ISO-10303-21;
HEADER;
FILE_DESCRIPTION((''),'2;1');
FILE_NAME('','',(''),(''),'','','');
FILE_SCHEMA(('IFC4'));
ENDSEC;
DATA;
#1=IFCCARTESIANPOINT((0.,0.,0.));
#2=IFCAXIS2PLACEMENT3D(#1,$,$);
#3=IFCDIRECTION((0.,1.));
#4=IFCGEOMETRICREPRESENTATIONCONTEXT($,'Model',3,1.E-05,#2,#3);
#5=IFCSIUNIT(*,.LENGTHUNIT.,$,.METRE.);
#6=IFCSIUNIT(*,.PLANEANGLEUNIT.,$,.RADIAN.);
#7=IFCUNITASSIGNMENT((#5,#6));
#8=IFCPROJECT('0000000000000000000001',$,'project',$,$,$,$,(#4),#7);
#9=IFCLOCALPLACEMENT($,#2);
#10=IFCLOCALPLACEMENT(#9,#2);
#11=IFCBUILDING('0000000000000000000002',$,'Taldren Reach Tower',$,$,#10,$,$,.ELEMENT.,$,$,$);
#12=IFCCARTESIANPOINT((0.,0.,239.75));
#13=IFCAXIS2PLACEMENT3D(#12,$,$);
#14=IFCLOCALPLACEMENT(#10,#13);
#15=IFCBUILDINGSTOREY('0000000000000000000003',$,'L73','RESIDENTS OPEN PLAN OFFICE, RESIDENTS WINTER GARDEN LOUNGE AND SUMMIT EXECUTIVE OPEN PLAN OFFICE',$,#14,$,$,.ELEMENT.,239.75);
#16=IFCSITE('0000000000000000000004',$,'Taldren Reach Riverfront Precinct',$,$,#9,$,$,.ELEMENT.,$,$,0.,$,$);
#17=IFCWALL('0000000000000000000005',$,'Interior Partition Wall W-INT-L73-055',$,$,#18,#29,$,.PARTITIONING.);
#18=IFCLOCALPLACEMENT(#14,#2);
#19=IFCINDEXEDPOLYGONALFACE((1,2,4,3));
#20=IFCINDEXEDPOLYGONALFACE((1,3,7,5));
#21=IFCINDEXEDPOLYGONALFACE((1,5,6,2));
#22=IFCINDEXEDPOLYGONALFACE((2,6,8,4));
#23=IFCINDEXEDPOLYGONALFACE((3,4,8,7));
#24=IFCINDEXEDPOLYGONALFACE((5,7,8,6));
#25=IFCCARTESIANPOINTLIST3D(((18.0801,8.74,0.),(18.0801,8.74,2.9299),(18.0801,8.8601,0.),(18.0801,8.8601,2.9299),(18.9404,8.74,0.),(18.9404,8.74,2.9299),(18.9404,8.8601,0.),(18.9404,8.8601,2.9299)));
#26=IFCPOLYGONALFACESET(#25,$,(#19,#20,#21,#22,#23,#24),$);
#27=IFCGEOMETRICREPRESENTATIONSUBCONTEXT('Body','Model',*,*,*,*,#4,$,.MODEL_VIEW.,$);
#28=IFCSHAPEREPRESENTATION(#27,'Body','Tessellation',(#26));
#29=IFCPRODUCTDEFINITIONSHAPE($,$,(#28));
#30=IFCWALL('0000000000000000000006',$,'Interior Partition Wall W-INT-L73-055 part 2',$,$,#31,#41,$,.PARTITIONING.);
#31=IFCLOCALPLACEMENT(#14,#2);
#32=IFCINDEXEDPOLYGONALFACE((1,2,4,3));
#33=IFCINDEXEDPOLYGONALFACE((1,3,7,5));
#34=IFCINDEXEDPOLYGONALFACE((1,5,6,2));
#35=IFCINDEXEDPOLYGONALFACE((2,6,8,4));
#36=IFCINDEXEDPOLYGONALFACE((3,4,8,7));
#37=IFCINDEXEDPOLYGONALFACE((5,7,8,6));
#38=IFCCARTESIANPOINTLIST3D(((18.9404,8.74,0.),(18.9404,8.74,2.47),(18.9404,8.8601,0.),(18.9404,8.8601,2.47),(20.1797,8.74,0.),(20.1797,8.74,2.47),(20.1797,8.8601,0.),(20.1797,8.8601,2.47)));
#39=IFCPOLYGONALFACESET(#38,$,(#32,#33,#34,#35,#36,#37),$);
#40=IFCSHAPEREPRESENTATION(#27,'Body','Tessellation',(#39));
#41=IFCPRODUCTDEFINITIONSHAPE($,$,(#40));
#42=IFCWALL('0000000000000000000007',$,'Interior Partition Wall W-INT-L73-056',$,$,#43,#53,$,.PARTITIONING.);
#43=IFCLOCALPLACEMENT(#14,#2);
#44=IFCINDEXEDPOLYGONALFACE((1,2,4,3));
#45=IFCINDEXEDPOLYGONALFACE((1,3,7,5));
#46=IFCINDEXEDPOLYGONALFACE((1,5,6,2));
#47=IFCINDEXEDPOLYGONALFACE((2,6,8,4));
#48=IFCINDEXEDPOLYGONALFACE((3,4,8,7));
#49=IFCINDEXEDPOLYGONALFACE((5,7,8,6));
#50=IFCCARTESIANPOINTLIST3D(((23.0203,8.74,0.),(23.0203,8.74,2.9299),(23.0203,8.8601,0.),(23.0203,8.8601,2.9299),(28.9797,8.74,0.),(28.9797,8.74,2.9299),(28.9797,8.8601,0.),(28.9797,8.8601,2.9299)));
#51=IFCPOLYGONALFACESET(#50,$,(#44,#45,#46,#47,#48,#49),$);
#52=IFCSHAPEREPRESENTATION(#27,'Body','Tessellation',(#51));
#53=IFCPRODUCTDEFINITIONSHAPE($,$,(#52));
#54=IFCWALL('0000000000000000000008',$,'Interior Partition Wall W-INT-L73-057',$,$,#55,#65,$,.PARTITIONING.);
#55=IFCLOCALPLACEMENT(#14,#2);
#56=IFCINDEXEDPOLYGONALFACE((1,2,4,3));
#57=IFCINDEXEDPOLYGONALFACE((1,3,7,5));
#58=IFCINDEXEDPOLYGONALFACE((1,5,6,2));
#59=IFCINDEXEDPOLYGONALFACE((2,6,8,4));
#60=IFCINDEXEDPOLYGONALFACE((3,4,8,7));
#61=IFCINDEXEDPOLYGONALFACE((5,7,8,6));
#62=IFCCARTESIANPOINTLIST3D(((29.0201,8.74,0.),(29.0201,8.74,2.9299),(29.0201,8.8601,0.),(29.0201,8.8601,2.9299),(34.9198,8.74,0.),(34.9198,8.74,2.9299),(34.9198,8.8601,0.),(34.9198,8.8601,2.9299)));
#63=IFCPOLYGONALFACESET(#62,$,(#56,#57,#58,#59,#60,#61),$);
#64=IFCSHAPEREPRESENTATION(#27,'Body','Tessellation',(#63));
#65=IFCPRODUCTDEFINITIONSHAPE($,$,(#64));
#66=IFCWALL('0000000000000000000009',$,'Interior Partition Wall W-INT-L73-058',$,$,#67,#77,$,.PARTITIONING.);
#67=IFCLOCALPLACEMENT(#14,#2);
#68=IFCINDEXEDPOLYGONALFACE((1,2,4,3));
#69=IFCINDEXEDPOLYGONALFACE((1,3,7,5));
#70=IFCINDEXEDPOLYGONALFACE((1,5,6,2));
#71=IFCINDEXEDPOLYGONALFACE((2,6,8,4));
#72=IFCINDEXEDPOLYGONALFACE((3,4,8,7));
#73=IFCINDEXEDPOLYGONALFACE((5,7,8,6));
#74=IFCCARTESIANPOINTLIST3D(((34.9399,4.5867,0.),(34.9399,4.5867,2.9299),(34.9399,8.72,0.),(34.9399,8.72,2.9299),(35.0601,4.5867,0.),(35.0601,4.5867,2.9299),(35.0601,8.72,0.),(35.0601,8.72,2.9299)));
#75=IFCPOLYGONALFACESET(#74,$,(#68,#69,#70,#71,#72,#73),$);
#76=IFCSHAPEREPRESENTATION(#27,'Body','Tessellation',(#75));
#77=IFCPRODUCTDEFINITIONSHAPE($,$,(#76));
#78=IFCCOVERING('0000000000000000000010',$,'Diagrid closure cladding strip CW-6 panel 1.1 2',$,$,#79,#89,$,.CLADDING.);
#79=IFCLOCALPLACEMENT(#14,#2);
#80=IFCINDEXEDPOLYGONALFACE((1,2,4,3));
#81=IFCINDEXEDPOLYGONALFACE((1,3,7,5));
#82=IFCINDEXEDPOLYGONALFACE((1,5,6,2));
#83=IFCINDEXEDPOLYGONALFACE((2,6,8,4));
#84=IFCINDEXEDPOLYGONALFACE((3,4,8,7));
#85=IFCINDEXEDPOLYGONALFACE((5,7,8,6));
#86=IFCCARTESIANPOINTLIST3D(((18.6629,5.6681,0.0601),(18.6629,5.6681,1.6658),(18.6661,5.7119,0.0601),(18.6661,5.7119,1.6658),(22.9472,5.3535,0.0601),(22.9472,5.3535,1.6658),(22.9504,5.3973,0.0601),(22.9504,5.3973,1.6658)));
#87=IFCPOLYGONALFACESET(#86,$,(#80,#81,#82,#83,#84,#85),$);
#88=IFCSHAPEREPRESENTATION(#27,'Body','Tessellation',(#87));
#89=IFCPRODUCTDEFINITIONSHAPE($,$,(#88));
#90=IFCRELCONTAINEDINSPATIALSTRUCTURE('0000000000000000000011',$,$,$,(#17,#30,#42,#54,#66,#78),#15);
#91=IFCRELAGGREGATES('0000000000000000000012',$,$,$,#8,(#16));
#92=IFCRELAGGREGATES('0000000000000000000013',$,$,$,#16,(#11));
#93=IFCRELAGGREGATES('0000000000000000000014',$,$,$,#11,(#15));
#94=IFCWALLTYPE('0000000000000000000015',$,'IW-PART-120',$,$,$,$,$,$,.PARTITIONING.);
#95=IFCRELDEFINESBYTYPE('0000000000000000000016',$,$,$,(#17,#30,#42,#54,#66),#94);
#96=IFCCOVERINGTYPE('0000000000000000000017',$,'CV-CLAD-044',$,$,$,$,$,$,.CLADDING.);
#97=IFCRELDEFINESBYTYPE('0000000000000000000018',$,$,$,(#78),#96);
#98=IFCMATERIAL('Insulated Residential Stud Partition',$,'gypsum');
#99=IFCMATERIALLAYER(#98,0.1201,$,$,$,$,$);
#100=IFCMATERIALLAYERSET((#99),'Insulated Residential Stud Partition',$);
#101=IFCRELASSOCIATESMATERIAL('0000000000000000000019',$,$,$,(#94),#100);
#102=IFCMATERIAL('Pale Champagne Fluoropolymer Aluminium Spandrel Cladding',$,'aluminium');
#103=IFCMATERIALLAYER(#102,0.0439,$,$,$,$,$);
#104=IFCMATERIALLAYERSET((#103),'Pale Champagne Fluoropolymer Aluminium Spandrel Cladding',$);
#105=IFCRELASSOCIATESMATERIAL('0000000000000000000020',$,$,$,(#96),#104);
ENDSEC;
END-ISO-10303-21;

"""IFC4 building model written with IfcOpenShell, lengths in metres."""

from ifc_helpers import new_model, si_unit, direction, frame, frame_2d, origin, origin_2d, place, context, subcontext, project, spatial, rectangle, extrude, source, transform, mapped, material, layer, layer_set, type_object, element, save


model = new_model("IFC4")

# Units and contexts
model_context = context("Model", 3, precision=1e-05, world=origin(), true_north=direction((0.0, 1.0)))
body_context = subcontext(model_context, "Body", "Model", "MODEL_VIEW")
ifc_project = project(units=[si_unit("LENGTHUNIT", "METRE"), si_unit("PLANEANGLEUNIT", "RADIAN")], contexts=[model_context])

# Site, building, storey
site_placement = place(None, origin())
site = spatial("IfcSite", under=ifc_project, at=site_placement, Name="Taldren Reach Riverfront Precinct", CompositionType="ELEMENT", RefElevation=0.0)
building_placement = place(site_placement, origin())
building = spatial("IfcBuilding", under=site, at=building_placement, Name="Taldren Reach Tower", CompositionType="ELEMENT")
storey_placement = place(building_placement, frame((0.0, 0.0, 239.75)))
storey = spatial("IfcBuildingStorey", under=building, at=storey_placement, Name="L73", Description="RESIDENTS OPEN PLAN OFFICE, RESIDENTS WINTER GARDEN LOUNGE AND SUMMIT EXECUTIVE OPEN PLAN OFFICE", CompositionType="ELEMENT", Elevation=239.75)

# Walls
ifc_material_1 = material(Name="Insulated Residential Stud Partition", Category="gypsum")
ifc_layer_1 = layer(ifc_material_1, 0.1201)
ifc_layer_set_1 = layer_set([ifc_layer_1], Name="Insulated Residential Stud Partition")
wall_type_1 = type_object("IfcWallType", Name="IW-PART-120", PredefinedType="PARTITIONING", material=ifc_layer_set_1)
shared_shape_1 = source(origin(), body_context, "Body", "SweptSolid", [
    extrude(rectangle(XDim=0.8604, YDim=0.1201, at=frame_2d((0.4302, 0.0))), origin(), (0.0, 0.0, 1.0), 2.9299),
])
wall_1_placement = place(storey_placement, frame((18.0801, 8.8, 0.0), z_axis=(0.0, 0.0, 1.0), x_axis=(1.0, 0.0, 0.0)))
element("IfcWall", 1, at=wall_1_placement, inside=storey, type_object=wall_type_1, Name="Interior Partition Wall W-INT-L73-055", PredefinedType="PARTITIONING", context=body_context, shape_type="MappedRepresentation", body=[
    mapped(shared_shape_1, transform((0.0, 0.0, 0.0), scale=1.0)),
])
shared_shape_2 = source(origin(), body_context, "Body", "SweptSolid", [
    extrude(rectangle(XDim=1.2393, YDim=0.1201, at=frame_2d((0.6196, 0.0))), origin(), (0.0, 0.0, 1.0), 2.47),
])
wall_2_placement = place(storey_placement, frame((18.9404, 8.8, 0.0), z_axis=(0.0, 0.0, 1.0), x_axis=(1.0, 0.0, 0.0)))
element("IfcWall", 2, at=wall_2_placement, inside=storey, type_object=wall_type_1, Name="Interior Partition Wall W-INT-L73-055 part 2", PredefinedType="PARTITIONING", context=body_context, shape_type="MappedRepresentation", body=[
    mapped(shared_shape_2, transform((0.0, 0.0, 0.0), scale=1.0)),
])
shared_shape_3 = source(origin(), body_context, "Body", "SweptSolid", [
    extrude(rectangle(XDim=5.9595, YDim=0.1201, at=frame_2d((2.9797, 0.0))), origin(), (0.0, 0.0, 1.0), 2.9299),
])
wall_3_placement = place(storey_placement, frame((23.0203, 8.8, 0.0), z_axis=(0.0, 0.0, 1.0), x_axis=(1.0, 0.0, 0.0)))
element("IfcWall", 3, at=wall_3_placement, inside=storey, type_object=wall_type_1, Name="Interior Partition Wall W-INT-L73-056", PredefinedType="PARTITIONING", context=body_context, shape_type="MappedRepresentation", body=[
    mapped(shared_shape_3, transform((0.0, 0.0, 0.0), scale=1.0)),
])
shared_shape_4 = source(origin(), body_context, "Body", "SweptSolid", [
    extrude(rectangle(XDim=5.8997, YDim=0.1201, at=frame_2d((2.9497, 0.0))), origin(), (0.0, 0.0, 1.0), 2.9299),
])
wall_4_placement = place(storey_placement, frame((29.0203, 8.8, 0.0), z_axis=(0.0, 0.0, 1.0), x_axis=(1.0, 0.0, 0.0)))
element("IfcWall", 4, at=wall_4_placement, inside=storey, type_object=wall_type_1, Name="Interior Partition Wall W-INT-L73-057", PredefinedType="PARTITIONING", context=body_context, shape_type="MappedRepresentation", body=[
    mapped(shared_shape_4, transform((0.0, 0.0, 0.0), scale=1.0)),
])
shared_shape_5 = source(origin(), body_context, "Body", "SweptSolid", [
    extrude(rectangle(XDim=4.1333, YDim=0.1201, at=frame_2d((2.0667, 0.0))), origin(), (0.0, 0.0, 1.0), 2.9299),
])
wall_5_placement = place(storey_placement, frame((35.0, 8.72, 0.0), z_axis=(0.0, 0.0, 1.0), x_axis=(0.0, -1.0, 0.0)))
element("IfcWall", 5, at=wall_5_placement, inside=storey, type_object=wall_type_1, Name="Interior Partition Wall W-INT-L73-058", PredefinedType="PARTITIONING", context=body_context, shape_type="MappedRepresentation", body=[
    mapped(shared_shape_5, transform((0.0, 0.0, 0.0), scale=1.0)),
])

# Covering
ifc_material_2 = material(Name="Pale Champagne Fluoropolymer Aluminium Spandrel Cladding", Category="aluminium")
ifc_layer_2 = layer(ifc_material_2, 0.0439)
ifc_layer_set_2 = layer_set([ifc_layer_2], Name="Pale Champagne Fluoropolymer Aluminium Spandrel Cladding")
covering_type = type_object("IfcCoveringType", Name="CV-CLAD-044", PredefinedType="CLADDING", material=ifc_layer_set_2)
shared_shape_6 = source(origin(), body_context, "Body", "SweptSolid", [
    extrude(rectangle(XDim=4.2959, YDim=0.0439, at=origin_2d()), origin(), (0.0, 0.0, 1.0), 1.6057),
])
covering_placement = place(storey_placement, frame((20.8066, 5.5327, 0.0601), z_axis=(0.0, 0.0, 1.0), x_axis=(0.997314, -0.073238, 0.0)))
element("IfcCovering", 6, at=covering_placement, inside=storey, type_object=covering_type, Name="Diagrid closure cladding strip CW-6 panel 1.1 2", PredefinedType="CLADDING", context=body_context, shape_type="MappedRepresentation", body=[
    mapped(shared_shape_6, transform((0.0, 0.0, 0.0), scale=1.0)),
])

save(model, "model.ifc")
